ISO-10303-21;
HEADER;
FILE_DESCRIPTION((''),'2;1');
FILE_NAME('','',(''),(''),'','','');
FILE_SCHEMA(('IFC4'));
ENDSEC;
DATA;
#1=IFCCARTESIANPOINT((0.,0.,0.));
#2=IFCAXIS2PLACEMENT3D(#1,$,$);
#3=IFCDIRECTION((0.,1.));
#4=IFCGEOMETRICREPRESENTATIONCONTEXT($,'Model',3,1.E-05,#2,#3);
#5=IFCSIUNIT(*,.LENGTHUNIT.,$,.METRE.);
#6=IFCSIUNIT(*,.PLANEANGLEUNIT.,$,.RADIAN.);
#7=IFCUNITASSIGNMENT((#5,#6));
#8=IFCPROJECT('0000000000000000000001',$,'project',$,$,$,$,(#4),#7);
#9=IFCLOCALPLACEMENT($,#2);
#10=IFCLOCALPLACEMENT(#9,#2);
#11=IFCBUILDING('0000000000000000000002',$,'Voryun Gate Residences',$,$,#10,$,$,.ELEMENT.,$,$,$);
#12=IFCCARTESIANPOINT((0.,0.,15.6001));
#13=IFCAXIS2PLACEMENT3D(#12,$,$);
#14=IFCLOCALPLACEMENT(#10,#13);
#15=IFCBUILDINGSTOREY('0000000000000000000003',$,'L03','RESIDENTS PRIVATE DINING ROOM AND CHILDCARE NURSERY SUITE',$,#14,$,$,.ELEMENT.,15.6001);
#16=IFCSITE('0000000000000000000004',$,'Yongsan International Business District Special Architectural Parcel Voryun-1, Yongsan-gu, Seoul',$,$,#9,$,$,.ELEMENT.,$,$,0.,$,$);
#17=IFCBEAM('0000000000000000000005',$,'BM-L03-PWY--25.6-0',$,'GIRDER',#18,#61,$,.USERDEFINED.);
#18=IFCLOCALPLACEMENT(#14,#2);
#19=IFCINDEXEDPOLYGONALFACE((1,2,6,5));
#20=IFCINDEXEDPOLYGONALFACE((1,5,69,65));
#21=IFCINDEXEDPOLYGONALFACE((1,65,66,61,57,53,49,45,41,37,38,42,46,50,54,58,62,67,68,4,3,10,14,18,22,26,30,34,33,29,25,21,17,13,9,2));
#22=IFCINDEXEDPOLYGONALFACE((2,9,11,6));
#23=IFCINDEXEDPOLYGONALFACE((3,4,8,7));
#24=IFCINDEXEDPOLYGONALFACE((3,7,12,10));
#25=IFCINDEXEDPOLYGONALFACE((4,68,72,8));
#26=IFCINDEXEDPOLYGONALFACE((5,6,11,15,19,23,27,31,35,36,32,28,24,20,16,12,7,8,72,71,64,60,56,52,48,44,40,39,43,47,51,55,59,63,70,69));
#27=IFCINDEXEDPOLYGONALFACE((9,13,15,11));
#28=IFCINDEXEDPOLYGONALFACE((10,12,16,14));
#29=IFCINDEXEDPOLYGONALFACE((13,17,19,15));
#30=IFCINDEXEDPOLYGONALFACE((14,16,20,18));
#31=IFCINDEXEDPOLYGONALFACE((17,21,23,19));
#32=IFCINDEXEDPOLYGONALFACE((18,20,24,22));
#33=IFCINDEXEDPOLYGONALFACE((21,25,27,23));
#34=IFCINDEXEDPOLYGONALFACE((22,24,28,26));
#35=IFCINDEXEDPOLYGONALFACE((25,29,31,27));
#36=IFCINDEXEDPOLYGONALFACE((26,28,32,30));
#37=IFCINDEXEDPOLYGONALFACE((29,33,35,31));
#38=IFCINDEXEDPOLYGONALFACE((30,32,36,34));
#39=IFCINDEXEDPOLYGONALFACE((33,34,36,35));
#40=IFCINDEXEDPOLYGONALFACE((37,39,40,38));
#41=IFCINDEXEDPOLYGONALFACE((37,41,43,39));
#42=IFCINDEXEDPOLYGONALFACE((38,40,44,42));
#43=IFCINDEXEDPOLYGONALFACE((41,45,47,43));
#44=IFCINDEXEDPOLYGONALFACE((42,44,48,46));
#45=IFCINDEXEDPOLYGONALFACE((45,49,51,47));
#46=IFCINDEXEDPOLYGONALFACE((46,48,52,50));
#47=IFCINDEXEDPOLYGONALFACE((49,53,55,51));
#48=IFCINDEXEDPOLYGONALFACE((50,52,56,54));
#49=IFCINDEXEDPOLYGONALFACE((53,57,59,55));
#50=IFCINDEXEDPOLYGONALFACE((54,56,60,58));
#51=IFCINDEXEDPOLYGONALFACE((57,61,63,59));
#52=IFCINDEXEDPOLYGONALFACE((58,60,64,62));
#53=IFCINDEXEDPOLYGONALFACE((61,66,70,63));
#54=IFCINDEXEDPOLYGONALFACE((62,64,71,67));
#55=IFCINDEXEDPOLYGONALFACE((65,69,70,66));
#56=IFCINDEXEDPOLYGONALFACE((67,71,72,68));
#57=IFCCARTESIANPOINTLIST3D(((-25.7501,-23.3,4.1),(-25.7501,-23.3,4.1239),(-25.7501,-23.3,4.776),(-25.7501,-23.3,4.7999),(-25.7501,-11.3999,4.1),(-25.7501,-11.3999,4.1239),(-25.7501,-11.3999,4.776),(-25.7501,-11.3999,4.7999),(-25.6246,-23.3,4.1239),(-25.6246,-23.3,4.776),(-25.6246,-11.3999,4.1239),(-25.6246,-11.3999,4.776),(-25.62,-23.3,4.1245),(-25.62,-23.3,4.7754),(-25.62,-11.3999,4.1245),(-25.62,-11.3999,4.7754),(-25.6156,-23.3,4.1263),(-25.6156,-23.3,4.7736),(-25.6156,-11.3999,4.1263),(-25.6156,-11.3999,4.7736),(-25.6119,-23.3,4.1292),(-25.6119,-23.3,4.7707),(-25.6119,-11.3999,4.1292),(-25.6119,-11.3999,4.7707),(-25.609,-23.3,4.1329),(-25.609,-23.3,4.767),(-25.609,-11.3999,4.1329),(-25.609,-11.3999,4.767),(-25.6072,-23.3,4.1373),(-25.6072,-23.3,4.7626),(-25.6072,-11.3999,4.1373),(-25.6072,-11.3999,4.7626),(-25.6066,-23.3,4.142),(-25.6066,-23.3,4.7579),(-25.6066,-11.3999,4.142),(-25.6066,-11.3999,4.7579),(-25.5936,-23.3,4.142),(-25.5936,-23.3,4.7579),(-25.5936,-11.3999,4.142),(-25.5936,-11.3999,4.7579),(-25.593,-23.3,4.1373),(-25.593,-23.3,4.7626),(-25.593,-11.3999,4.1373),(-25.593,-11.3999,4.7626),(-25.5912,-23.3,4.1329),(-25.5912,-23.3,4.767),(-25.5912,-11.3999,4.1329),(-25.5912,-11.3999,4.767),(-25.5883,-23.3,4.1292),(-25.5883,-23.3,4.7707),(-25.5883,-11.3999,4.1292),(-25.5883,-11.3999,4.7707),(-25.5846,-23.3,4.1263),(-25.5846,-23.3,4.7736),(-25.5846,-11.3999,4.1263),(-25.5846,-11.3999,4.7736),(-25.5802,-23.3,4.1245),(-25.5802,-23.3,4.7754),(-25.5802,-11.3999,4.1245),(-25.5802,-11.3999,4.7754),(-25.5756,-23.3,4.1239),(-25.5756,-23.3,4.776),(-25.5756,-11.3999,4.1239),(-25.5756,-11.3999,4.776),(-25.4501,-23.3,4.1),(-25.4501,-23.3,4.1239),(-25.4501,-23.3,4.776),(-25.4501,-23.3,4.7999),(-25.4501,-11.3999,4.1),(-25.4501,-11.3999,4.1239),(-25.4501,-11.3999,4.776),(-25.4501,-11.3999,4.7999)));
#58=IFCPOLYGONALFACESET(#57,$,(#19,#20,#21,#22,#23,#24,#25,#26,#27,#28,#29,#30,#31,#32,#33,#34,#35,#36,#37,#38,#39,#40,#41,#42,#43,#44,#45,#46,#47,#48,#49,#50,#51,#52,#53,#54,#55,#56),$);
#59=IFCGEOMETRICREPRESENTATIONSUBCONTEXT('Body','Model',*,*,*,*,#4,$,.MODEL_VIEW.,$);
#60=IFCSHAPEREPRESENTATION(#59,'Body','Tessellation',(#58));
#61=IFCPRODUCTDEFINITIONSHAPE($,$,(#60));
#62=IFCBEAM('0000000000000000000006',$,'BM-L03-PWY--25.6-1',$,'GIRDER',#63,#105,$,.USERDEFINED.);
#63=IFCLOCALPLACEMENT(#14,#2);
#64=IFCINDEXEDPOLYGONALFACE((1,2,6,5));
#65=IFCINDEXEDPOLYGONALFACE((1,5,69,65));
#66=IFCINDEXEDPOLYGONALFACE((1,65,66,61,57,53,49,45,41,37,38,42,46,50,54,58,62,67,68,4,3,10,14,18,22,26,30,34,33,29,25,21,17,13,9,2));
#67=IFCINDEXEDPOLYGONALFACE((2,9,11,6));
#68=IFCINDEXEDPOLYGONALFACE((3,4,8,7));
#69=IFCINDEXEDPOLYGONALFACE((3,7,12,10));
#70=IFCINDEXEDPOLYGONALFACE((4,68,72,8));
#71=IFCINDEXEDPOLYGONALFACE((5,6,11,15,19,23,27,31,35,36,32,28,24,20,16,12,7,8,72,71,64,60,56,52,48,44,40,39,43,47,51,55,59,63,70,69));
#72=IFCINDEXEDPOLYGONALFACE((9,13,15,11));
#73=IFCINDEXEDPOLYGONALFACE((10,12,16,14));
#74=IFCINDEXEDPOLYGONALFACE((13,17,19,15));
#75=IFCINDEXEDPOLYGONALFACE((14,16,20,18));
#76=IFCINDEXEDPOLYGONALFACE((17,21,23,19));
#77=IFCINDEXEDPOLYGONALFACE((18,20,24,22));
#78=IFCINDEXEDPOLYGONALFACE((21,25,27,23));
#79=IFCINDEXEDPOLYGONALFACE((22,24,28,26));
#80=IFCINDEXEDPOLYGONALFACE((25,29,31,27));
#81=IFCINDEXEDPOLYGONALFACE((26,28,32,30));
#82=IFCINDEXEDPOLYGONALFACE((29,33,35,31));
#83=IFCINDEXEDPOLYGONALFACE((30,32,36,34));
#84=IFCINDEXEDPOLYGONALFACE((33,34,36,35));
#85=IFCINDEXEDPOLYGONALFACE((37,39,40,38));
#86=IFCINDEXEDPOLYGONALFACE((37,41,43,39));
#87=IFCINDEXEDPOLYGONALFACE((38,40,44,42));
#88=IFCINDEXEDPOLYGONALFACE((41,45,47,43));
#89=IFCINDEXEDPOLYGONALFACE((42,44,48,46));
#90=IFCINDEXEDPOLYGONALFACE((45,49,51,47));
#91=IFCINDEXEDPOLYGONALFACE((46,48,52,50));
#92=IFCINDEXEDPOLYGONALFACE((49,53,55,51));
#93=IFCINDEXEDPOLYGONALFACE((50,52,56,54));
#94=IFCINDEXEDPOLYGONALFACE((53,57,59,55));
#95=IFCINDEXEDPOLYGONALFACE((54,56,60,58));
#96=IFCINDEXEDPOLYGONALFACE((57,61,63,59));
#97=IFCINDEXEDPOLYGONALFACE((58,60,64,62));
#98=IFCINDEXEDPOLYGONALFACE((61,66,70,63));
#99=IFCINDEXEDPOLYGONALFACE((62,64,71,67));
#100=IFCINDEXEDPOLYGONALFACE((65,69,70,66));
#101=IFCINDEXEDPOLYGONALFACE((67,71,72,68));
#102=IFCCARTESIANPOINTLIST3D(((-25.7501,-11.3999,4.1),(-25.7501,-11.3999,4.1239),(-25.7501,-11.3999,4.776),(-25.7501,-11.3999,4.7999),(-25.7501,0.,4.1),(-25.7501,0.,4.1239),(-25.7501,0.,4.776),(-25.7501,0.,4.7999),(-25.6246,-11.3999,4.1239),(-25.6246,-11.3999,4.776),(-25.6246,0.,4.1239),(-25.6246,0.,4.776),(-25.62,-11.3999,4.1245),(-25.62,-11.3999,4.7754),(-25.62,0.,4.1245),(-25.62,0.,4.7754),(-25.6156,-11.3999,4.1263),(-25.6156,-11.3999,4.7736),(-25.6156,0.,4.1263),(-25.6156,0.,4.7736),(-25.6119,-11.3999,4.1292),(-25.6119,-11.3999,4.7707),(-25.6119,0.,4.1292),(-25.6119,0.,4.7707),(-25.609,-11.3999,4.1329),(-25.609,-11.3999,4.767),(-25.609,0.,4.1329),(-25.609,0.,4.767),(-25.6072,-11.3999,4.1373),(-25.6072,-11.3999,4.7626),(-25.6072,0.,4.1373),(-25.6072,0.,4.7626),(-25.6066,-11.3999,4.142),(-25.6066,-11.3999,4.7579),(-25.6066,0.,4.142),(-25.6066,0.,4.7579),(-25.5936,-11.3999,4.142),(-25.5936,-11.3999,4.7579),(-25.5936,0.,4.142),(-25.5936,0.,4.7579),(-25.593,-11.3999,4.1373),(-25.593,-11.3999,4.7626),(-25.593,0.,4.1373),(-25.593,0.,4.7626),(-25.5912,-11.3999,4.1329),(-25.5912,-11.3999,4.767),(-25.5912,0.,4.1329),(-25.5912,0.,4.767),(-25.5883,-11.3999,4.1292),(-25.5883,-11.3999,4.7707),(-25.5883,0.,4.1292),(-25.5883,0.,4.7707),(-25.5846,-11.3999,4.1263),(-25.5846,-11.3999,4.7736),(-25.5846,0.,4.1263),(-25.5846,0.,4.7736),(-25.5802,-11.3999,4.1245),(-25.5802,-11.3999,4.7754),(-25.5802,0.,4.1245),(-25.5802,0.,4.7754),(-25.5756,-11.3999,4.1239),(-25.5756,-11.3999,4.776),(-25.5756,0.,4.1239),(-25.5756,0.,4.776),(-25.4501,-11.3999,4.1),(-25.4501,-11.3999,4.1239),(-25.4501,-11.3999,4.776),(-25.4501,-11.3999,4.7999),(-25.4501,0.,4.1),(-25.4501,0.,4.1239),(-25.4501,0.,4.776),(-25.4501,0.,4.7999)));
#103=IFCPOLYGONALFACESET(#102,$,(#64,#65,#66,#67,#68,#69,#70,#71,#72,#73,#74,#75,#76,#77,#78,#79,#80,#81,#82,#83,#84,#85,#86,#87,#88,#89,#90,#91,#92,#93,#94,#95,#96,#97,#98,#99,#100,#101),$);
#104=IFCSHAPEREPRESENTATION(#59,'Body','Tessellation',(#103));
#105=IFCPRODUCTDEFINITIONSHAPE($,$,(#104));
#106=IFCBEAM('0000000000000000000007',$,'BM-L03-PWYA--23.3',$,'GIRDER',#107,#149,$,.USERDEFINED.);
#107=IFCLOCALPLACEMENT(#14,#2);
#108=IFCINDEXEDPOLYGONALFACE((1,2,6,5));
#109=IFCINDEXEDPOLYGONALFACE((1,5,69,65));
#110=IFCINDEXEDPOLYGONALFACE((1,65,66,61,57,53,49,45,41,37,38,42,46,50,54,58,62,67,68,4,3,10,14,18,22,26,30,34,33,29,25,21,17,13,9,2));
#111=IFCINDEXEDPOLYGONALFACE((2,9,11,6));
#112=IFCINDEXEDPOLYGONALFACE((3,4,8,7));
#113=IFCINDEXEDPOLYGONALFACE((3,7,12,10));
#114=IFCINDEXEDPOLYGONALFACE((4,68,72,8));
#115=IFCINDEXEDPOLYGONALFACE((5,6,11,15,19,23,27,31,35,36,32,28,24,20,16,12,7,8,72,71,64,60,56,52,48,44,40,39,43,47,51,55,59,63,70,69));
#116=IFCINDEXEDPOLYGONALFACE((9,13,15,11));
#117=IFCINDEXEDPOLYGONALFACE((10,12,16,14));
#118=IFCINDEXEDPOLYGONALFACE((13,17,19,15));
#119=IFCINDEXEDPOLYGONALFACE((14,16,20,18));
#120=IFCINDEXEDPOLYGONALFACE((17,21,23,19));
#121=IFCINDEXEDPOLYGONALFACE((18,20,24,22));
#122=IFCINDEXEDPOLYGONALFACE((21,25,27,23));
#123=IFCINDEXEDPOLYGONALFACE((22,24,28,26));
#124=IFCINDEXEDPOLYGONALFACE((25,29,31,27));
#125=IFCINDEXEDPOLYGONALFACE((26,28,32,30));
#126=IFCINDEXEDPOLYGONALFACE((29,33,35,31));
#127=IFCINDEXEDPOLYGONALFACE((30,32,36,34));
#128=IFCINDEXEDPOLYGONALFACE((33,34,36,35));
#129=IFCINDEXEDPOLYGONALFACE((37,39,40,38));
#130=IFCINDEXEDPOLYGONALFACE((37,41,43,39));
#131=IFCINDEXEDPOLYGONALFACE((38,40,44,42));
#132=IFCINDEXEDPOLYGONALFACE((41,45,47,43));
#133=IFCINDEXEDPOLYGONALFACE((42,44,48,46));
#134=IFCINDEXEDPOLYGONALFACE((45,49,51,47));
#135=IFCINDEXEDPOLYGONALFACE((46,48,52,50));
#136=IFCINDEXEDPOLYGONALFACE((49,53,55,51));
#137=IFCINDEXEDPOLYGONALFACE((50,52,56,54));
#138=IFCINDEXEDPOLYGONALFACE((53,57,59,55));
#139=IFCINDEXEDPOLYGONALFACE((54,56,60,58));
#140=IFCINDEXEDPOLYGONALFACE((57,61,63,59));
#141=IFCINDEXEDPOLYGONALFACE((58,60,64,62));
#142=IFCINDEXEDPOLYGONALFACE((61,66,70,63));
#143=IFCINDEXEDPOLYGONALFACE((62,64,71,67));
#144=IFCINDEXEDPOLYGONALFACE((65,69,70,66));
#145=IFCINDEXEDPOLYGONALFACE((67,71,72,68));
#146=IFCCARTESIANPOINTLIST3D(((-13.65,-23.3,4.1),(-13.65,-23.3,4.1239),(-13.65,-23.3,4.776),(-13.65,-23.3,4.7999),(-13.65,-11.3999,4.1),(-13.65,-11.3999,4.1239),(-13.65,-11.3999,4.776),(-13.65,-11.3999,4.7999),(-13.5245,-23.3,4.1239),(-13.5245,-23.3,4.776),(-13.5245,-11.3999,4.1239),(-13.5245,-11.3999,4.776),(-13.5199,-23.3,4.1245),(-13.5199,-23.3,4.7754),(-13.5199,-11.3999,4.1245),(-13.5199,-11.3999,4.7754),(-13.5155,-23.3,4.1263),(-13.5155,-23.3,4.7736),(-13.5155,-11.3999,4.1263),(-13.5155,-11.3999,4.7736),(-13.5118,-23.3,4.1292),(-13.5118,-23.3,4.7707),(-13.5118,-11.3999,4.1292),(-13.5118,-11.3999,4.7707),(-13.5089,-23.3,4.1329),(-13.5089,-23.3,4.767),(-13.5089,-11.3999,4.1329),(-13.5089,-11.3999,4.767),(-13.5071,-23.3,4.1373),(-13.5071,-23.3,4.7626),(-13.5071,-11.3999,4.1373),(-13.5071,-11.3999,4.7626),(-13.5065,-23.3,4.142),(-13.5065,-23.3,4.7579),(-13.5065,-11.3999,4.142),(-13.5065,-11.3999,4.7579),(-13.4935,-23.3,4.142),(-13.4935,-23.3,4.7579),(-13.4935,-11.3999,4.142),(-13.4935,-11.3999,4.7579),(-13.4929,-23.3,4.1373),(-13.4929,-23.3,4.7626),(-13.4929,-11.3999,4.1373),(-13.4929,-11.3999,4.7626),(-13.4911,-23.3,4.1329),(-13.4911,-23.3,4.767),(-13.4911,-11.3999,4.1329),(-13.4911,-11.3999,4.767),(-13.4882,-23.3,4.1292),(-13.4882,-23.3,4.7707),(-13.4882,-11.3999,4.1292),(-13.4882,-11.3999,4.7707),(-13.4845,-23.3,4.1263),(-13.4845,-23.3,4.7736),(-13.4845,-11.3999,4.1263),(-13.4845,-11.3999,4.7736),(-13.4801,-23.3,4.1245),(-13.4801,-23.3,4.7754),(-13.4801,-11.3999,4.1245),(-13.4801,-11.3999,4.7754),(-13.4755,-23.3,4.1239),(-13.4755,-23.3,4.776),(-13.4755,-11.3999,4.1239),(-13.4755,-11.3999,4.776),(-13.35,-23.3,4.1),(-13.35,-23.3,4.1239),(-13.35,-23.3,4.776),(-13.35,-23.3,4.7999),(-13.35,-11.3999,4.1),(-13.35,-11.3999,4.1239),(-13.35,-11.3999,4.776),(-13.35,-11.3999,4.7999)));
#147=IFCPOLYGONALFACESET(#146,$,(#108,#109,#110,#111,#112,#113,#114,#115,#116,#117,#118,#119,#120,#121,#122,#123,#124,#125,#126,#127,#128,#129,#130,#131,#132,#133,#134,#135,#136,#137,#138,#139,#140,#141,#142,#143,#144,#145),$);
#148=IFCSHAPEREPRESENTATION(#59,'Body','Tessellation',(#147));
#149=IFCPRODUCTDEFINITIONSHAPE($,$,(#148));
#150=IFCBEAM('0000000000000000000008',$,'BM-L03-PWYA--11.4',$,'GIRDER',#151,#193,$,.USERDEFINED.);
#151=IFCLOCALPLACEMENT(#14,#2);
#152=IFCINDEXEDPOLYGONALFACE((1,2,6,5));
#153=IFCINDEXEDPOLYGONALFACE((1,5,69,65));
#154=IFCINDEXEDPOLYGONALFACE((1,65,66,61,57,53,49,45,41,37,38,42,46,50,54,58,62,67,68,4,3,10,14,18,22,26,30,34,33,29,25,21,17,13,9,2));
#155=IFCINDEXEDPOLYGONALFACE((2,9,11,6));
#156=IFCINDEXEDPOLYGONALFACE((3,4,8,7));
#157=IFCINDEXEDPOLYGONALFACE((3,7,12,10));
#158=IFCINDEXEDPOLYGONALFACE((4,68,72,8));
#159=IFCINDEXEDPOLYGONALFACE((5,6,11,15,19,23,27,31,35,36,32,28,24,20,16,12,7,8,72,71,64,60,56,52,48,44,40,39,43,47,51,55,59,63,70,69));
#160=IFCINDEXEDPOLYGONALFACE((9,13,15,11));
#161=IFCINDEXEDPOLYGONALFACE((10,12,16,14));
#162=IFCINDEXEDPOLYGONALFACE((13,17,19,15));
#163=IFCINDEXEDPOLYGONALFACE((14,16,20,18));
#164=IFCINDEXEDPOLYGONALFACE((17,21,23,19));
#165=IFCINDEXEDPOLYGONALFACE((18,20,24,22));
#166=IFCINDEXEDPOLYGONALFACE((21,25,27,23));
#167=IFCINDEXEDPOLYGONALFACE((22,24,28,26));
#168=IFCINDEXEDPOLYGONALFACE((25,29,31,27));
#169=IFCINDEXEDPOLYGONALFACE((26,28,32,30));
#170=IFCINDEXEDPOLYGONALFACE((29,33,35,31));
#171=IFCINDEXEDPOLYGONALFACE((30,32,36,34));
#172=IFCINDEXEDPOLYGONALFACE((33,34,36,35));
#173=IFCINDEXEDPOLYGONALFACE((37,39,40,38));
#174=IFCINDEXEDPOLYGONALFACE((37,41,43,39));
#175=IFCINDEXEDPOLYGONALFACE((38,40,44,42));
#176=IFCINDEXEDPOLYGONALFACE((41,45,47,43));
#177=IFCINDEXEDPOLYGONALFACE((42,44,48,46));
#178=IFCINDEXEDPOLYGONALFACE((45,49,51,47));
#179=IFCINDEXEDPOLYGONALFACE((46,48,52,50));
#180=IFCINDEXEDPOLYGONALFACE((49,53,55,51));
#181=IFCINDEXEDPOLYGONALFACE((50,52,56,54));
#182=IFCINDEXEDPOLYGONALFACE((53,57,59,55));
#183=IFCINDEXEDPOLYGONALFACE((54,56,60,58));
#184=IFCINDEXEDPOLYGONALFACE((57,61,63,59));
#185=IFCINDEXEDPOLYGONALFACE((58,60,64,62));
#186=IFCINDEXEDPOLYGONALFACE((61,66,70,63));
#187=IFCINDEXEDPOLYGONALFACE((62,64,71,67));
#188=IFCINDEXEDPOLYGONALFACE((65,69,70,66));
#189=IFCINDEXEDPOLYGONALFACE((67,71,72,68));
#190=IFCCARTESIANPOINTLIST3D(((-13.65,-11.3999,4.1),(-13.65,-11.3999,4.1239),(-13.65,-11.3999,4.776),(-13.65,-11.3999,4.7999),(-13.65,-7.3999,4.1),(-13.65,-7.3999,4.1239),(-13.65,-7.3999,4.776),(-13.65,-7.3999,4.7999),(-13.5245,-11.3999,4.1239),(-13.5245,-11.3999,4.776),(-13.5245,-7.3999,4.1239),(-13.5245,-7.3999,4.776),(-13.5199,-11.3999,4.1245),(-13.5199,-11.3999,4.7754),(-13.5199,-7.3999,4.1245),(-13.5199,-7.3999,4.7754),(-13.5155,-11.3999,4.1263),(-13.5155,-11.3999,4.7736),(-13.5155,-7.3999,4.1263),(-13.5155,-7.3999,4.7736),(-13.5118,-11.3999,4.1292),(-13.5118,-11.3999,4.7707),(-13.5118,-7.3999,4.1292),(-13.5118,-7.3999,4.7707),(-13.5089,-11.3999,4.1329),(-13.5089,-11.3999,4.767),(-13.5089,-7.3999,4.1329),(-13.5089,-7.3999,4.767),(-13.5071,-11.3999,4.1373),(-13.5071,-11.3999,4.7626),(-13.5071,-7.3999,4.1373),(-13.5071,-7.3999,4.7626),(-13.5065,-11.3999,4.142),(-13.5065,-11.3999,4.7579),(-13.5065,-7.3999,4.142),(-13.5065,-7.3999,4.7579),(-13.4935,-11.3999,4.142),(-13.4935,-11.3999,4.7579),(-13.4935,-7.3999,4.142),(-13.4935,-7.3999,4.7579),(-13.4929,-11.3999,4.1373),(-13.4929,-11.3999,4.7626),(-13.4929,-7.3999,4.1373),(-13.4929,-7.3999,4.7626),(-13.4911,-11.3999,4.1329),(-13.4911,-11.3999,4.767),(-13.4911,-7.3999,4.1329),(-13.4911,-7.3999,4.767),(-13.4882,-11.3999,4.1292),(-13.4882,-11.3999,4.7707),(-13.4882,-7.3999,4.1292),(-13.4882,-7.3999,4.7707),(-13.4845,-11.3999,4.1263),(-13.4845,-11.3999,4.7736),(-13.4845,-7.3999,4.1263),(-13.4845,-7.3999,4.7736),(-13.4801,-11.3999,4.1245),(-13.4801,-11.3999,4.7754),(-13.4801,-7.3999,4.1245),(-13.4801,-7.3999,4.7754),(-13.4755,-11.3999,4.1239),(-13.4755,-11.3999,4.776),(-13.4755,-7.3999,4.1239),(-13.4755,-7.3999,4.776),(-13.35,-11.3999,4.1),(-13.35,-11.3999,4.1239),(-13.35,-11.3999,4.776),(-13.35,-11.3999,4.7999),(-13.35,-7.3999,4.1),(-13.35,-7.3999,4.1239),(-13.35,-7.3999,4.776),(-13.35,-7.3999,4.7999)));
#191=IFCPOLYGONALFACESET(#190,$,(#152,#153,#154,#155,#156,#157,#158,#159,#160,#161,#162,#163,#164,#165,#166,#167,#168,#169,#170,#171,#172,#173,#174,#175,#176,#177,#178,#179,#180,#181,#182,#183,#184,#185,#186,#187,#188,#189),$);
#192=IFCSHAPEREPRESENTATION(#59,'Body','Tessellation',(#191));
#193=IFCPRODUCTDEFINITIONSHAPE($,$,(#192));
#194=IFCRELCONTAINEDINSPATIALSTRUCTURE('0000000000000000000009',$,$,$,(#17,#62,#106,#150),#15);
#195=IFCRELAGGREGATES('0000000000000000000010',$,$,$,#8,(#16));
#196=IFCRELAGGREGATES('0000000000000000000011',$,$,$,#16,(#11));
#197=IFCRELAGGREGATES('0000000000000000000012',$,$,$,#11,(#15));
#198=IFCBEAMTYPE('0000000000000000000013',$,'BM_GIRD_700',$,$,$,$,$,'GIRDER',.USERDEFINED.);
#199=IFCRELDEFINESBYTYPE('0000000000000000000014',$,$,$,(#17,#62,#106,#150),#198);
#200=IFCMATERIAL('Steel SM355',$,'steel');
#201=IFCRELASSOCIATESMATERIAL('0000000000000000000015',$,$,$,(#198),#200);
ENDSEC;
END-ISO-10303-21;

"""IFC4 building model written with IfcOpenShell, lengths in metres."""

from ifc_helpers import new_model, si_unit, direction, frame, origin, origin_2d, place, context, subcontext, project, spatial, i_section, extrude, material, material_profile, profile_set, type_object, element, save


model = new_model("IFC4")

# Units and contexts
model_context = context("Model", 3, precision=1e-05, world=origin(), true_north=direction((0.0, 1.0)))
body_context = subcontext(model_context, "Body", "Model", "MODEL_VIEW")
ifc_project = project(units=[si_unit("LENGTHUNIT", "METRE"), si_unit("PLANEANGLEUNIT", "RADIAN")], contexts=[model_context])

# Site, building, storey
site_placement = place(None, origin())
site = spatial("IfcSite", under=ifc_project, at=site_placement, Name="Yongsan International Business District Special Architectural Parcel Voryun-1, Yongsan-gu, Seoul", CompositionType="ELEMENT", RefElevation=0.0)
building_placement = place(site_placement, origin())
building = spatial("IfcBuilding", under=site, at=building_placement, Name="Voryun Gate Residences", CompositionType="ELEMENT")
storey_placement = place(building_placement, frame((0.0, 0.0, 15.6001)))
storey = spatial("IfcBuildingStorey", under=building, at=storey_placement, Name="L03", Description="RESIDENTS PRIVATE DINING ROOM AND CHILDCARE NURSERY SUITE", CompositionType="ELEMENT", Elevation=15.6001)

# Beams
ifc_material_1 = material(Name="Steel SM355", Category="steel")
ifc_material_profile_1 = material_profile(ifc_material_1, i_section(OverallWidth=0.3, OverallDepth=0.7, WebThickness=0.0129, FlangeThickness=0.0239, FilletRadius=0.0181, at=origin_2d()), Name="H-700x300x13x24")
ifc_profile_set_1 = profile_set([ifc_material_profile_1], Name="Steel SM355")
beam_type_1 = type_object("IfcBeamType", Name="BM_GIRD_700", ElementType="GIRDER", PredefinedType="USERDEFINED", material=ifc_profile_set_1)
beam_1_placement = place(storey_placement, frame((-25.6001, -23.3, 4.45), z_axis=(0.0, 1.0, 0.0), x_axis=(-1.0, 0.0, 0.0)))
element("IfcBeam", 1, at=beam_1_placement, inside=storey, type_object=beam_type_1, Name="BM-L03-PWY--25.6-0", ObjectType="GIRDER", PredefinedType="USERDEFINED", context=body_context, shape_type="SweptSolid", body=[
    extrude(i_section(OverallWidth=0.3, OverallDepth=0.7, WebThickness=0.0129, FlangeThickness=0.0239, FilletRadius=0.0181, at=origin_2d()), origin(), (0.0, 0.0, 1.0), 11.9001),
])
beam_2_placement = place(storey_placement, frame((-25.6001, -11.3999, 4.45), z_axis=(0.0, 1.0, 0.0), x_axis=(-1.0, 0.0, 0.0)))
element("IfcBeam", 2, at=beam_2_placement, inside=storey, type_object=beam_type_1, Name="BM-L03-PWY--25.6-1", ObjectType="GIRDER", PredefinedType="USERDEFINED", context=body_context, shape_type="SweptSolid", body=[
    extrude(i_section(OverallWidth=0.3, OverallDepth=0.7, WebThickness=0.0129, FlangeThickness=0.0239, FilletRadius=0.0181, at=origin_2d()), origin(), (0.0, 0.0, 1.0), 11.3999),
])
beam_3_placement = place(storey_placement, frame((-13.5, -23.3, 4.45), z_axis=(0.0, 1.0, 0.0), x_axis=(-1.0, 0.0, 0.0)))
element("IfcBeam", 3, at=beam_3_placement, inside=storey, type_object=beam_type_1, Name="BM-L03-PWYA--23.3", ObjectType="GIRDER", PredefinedType="USERDEFINED", context=body_context, shape_type="SweptSolid", body=[
    extrude(i_section(OverallWidth=0.3, OverallDepth=0.7, WebThickness=0.0129, FlangeThickness=0.0239, FilletRadius=0.0181, at=origin_2d()), origin(), (0.0, 0.0, 1.0), 11.9001),
])
beam_4_placement = place(storey_placement, frame((-13.5, -11.3999, 4.45), z_axis=(0.0, 1.0, 0.0), x_axis=(-1.0, 0.0, 0.0)))
element("IfcBeam", 4, at=beam_4_placement, inside=storey, type_object=beam_type_1, Name="BM-L03-PWYA--11.4", ObjectType="GIRDER", PredefinedType="USERDEFINED", context=body_context, shape_type="SweptSolid", body=[
    extrude(i_section(OverallWidth=0.3, OverallDepth=0.7, WebThickness=0.0129, FlangeThickness=0.0239, FilletRadius=0.0181, at=origin_2d()), origin(), (0.0, 0.0, 1.0), 4.0),
])

save(model, "model.ifc")
